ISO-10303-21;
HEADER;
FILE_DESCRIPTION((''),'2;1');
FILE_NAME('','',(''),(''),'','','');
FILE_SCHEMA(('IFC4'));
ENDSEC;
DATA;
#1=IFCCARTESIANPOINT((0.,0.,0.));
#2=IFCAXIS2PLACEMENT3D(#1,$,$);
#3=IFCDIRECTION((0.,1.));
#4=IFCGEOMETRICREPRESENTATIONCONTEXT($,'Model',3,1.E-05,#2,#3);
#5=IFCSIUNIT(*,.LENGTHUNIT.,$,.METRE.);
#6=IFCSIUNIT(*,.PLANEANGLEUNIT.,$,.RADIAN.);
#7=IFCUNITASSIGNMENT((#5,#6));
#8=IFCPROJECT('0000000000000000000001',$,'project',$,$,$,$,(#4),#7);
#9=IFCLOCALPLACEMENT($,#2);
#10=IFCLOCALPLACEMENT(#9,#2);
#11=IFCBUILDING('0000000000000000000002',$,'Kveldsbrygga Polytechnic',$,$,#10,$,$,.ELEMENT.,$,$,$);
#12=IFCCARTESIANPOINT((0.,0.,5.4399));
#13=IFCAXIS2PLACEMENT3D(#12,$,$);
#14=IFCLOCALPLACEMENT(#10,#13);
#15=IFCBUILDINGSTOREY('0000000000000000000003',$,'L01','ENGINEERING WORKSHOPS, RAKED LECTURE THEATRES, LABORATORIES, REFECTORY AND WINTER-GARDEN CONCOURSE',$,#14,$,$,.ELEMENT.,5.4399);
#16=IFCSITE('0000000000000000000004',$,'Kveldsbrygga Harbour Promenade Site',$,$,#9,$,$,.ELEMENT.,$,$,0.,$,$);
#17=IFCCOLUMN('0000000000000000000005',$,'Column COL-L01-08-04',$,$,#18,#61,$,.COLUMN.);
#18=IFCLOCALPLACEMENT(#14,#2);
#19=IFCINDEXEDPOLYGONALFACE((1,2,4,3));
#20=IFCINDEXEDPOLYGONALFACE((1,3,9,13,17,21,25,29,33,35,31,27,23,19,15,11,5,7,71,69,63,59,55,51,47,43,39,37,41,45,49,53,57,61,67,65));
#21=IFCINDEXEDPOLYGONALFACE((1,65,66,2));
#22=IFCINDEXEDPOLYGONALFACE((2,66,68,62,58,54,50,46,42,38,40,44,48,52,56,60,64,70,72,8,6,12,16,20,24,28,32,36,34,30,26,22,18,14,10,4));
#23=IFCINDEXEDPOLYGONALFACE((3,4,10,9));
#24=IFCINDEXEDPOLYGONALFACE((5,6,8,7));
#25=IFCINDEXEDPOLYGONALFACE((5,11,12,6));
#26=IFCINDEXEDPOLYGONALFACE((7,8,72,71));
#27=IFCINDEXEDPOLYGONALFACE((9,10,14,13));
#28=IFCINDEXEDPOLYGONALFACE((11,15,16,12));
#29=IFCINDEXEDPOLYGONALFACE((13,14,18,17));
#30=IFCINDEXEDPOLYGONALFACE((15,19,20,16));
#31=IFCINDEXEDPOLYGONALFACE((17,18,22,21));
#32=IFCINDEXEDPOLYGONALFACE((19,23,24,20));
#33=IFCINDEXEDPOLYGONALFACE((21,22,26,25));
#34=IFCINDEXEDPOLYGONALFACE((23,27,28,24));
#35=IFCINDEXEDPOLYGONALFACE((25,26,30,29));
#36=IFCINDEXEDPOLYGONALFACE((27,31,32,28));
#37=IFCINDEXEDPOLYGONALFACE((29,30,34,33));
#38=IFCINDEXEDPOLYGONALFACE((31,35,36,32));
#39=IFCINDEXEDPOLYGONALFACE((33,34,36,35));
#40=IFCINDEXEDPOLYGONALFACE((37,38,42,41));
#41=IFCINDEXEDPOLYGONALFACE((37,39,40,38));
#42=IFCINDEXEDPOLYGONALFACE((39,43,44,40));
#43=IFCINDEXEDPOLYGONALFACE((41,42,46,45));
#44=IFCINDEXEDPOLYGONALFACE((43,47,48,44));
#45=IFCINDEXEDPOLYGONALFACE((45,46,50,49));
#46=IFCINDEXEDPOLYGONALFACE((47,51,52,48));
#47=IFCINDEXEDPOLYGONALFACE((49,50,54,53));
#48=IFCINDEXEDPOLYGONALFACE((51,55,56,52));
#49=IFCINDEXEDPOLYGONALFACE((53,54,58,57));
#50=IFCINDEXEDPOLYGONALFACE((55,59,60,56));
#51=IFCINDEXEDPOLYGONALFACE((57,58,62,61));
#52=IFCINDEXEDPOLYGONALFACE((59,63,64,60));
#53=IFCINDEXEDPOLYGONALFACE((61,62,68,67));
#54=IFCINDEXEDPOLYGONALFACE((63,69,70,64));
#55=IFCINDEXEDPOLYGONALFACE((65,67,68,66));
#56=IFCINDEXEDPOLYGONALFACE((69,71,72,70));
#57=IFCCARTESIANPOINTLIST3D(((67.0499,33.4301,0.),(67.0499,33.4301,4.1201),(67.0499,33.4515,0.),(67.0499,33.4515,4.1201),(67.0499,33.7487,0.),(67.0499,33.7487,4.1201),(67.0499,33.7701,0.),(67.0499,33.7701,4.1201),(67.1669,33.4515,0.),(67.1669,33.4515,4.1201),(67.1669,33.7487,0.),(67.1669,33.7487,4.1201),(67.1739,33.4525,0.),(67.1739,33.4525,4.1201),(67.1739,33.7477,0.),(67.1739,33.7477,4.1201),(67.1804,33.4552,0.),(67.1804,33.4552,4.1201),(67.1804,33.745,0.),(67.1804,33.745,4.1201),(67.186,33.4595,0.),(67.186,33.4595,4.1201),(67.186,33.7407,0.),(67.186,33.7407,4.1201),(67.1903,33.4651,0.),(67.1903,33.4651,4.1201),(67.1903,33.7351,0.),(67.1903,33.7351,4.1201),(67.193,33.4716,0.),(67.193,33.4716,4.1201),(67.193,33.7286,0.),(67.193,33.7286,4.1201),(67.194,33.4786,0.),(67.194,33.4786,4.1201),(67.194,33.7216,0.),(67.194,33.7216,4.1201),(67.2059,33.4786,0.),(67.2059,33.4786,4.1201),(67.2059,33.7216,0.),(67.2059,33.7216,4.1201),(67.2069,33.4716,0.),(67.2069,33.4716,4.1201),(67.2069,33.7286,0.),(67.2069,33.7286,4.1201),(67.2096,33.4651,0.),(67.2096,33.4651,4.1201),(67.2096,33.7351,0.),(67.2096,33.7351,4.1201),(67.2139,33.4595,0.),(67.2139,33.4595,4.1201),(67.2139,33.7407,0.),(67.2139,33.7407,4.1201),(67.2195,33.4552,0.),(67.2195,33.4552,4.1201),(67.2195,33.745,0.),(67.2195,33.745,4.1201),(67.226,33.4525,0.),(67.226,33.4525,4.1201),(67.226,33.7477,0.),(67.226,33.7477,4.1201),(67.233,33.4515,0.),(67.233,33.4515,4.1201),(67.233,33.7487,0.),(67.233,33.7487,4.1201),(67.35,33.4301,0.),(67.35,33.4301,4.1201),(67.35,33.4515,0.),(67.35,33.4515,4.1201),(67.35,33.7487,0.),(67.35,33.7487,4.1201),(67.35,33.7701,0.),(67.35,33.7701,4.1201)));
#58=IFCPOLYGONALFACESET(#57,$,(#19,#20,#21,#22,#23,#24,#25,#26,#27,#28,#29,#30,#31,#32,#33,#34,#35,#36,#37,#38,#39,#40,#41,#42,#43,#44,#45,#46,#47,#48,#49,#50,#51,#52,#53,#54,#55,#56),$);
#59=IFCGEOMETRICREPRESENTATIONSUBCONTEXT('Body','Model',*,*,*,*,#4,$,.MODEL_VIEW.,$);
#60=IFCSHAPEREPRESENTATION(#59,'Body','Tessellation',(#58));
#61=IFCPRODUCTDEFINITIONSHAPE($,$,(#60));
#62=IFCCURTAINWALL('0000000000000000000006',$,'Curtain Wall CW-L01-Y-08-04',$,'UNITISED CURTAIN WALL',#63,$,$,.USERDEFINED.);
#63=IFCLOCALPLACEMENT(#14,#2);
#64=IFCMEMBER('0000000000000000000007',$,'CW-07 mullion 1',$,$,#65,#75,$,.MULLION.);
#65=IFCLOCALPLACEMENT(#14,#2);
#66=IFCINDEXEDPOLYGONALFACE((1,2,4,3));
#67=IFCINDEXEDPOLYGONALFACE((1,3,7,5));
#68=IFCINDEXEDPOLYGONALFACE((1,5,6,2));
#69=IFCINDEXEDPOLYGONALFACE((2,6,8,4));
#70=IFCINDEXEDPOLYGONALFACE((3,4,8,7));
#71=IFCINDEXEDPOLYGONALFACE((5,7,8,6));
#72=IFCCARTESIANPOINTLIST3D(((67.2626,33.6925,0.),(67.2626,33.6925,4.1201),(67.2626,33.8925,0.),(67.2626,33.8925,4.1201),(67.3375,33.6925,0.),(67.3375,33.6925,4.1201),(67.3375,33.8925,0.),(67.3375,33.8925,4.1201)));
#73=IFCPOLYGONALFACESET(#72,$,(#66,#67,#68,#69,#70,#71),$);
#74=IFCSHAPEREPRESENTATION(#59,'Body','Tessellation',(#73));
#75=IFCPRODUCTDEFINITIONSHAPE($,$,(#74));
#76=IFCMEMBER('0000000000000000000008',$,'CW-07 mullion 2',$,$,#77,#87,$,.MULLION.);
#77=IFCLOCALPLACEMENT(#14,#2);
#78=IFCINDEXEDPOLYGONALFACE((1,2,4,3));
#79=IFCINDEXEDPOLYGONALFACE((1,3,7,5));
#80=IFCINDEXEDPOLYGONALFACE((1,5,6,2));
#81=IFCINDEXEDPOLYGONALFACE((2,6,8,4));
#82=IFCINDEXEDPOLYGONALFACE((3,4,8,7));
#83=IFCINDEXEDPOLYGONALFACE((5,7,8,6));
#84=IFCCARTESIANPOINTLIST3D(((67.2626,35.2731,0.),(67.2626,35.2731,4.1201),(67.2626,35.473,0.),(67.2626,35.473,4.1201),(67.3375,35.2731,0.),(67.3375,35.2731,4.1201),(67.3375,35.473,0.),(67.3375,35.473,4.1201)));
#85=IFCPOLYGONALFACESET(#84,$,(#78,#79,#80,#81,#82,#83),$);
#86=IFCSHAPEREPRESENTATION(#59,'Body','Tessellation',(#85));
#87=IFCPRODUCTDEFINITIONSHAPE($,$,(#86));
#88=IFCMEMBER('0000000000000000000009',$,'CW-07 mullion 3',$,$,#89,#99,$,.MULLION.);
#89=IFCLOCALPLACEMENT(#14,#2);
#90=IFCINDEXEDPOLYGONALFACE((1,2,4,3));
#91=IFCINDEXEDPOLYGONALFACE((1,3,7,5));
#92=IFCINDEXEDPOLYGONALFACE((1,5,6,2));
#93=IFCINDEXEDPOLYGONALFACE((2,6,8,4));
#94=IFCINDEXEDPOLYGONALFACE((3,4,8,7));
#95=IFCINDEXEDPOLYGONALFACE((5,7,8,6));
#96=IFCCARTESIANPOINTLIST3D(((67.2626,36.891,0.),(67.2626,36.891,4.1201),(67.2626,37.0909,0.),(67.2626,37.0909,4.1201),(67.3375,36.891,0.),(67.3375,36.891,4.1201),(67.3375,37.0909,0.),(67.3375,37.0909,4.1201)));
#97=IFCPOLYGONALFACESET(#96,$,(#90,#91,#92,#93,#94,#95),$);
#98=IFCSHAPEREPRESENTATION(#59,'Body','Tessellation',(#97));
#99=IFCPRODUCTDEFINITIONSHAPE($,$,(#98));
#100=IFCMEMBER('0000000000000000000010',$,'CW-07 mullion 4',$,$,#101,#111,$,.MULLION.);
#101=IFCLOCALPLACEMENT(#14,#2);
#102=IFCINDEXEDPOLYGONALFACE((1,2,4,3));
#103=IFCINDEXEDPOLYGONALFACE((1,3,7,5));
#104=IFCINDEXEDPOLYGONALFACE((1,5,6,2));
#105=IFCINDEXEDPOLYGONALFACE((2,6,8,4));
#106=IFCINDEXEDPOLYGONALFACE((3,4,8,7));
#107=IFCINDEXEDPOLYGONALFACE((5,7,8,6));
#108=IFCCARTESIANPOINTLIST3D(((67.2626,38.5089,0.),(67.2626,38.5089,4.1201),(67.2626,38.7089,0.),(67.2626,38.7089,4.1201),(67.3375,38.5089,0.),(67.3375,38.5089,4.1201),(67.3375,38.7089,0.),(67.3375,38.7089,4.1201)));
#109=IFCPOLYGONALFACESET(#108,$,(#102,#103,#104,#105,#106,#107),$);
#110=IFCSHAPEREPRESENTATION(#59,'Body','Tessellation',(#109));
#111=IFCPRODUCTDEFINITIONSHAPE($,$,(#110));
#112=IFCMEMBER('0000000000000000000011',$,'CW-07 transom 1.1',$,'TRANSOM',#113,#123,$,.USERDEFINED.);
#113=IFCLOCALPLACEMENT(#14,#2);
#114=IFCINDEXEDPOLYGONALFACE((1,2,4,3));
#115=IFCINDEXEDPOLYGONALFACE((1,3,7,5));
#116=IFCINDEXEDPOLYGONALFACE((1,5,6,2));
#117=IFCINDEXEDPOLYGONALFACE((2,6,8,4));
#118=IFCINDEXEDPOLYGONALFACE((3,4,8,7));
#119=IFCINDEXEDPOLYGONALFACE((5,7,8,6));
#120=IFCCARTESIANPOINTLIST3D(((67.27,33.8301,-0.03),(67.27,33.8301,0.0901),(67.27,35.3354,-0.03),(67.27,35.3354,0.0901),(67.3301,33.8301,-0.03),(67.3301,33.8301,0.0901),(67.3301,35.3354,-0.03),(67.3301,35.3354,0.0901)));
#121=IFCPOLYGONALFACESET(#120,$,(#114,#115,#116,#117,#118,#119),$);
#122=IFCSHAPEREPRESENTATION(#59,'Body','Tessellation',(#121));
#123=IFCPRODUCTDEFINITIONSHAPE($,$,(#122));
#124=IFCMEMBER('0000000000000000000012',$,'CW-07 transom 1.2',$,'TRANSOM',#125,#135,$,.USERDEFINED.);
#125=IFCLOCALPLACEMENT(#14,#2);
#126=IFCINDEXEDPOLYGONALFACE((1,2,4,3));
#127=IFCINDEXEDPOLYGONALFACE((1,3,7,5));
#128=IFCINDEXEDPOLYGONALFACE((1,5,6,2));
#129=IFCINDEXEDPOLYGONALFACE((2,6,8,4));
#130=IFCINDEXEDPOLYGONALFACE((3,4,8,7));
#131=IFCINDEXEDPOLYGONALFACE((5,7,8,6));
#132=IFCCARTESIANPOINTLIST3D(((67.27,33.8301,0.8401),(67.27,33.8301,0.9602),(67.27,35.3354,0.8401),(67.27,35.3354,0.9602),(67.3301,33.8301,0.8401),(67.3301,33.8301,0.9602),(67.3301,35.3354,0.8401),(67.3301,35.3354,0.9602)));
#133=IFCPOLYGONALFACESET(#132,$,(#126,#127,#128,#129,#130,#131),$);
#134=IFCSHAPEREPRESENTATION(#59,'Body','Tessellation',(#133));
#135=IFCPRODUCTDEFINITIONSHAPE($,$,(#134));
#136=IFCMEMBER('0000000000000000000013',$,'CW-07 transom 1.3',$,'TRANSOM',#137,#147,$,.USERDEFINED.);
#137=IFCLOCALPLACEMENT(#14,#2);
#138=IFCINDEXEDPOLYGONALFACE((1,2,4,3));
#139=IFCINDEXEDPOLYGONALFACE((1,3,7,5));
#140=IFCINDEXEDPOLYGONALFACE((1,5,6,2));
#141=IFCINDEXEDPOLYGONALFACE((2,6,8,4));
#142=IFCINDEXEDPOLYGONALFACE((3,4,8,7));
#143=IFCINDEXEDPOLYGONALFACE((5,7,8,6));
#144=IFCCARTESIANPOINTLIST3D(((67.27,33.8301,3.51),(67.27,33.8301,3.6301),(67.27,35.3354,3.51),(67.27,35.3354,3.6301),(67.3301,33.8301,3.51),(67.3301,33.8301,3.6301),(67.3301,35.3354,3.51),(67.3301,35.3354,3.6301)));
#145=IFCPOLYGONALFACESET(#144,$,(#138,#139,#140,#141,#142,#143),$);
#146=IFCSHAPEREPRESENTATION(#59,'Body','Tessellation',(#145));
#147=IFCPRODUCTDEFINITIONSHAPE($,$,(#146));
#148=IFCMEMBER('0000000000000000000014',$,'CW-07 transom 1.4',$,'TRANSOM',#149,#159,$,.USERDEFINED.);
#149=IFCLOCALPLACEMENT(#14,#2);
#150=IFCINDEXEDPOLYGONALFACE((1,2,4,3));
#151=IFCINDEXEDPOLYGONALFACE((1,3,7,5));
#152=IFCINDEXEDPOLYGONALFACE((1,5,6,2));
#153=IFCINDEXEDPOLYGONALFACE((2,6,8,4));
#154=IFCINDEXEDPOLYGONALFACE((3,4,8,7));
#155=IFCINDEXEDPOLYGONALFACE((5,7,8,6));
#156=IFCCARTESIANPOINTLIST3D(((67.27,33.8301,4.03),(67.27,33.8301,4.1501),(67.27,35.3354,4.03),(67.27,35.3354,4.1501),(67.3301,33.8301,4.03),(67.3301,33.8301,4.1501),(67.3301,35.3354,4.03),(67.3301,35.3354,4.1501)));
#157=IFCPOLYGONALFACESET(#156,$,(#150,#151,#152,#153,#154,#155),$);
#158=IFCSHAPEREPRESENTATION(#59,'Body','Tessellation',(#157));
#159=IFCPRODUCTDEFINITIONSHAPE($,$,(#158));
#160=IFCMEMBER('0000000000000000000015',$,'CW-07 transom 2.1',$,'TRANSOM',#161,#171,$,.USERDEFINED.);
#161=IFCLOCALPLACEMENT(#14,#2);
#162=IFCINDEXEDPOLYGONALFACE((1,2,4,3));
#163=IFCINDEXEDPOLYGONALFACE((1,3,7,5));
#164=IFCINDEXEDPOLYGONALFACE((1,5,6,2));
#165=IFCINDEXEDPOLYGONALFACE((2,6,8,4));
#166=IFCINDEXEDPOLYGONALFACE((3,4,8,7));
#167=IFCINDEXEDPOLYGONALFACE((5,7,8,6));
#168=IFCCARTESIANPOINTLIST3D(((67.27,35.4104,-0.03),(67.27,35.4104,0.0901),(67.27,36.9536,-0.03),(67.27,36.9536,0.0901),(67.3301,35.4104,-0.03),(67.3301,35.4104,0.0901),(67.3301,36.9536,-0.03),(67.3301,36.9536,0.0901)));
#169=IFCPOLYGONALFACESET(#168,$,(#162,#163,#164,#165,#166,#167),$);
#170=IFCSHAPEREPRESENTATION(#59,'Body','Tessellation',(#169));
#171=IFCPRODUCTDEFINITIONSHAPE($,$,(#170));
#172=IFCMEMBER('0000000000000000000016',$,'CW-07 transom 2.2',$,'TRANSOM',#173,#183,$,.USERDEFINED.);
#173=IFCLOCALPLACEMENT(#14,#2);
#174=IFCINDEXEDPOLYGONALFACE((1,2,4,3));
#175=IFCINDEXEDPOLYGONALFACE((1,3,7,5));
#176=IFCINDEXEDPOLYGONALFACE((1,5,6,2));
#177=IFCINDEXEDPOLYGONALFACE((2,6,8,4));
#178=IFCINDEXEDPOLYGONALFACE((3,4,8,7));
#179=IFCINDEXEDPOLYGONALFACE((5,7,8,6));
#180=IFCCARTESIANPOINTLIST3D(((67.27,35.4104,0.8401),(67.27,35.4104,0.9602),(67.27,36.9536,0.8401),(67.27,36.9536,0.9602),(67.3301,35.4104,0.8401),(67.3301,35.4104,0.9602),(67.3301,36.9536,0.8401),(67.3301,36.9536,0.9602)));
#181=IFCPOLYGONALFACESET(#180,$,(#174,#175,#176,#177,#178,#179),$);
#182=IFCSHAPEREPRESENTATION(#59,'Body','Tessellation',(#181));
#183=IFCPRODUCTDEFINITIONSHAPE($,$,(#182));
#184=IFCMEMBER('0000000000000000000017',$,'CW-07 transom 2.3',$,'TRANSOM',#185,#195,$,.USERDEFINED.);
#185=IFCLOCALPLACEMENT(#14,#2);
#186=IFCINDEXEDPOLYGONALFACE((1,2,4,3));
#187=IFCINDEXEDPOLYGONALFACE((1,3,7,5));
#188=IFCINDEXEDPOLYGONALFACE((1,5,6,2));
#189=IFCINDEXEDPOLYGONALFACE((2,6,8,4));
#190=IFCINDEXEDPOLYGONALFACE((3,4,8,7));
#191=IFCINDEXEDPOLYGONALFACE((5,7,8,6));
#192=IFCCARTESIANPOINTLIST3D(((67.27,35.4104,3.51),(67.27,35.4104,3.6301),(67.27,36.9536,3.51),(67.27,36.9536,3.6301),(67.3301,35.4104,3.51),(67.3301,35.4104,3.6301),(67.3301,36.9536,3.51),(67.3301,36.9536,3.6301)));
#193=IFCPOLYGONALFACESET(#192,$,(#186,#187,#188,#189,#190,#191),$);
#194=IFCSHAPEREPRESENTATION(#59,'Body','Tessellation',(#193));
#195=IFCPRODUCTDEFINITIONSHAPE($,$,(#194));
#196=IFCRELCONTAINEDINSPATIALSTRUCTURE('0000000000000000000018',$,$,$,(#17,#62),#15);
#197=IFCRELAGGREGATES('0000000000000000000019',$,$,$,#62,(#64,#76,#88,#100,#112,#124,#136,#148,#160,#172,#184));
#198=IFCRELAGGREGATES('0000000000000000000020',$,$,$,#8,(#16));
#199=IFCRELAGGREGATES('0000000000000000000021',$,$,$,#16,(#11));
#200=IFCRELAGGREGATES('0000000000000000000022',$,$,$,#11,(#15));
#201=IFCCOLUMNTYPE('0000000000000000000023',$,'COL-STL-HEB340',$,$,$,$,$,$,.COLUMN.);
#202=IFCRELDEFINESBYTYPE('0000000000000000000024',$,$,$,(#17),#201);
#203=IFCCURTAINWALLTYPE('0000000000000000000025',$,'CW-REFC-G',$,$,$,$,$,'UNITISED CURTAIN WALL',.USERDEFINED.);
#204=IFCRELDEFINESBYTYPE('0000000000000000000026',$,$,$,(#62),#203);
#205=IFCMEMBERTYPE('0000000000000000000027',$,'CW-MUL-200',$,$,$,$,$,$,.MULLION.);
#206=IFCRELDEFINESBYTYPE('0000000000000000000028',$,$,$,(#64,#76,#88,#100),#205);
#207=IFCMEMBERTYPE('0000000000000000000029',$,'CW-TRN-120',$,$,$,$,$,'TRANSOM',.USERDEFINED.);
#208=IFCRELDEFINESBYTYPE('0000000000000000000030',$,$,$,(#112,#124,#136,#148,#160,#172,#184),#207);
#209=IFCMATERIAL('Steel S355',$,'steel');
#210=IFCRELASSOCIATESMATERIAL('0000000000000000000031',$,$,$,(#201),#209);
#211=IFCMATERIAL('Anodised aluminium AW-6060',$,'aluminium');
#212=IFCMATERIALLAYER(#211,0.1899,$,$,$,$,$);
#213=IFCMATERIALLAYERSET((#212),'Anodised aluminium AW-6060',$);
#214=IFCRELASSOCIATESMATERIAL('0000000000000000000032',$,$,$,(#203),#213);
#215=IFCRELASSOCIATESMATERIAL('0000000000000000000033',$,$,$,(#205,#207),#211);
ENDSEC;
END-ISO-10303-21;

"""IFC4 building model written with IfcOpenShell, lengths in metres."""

from ifc_helpers import new_model, si_unit, direction, frame, origin, origin_2d, place, context, subcontext, project, spatial, rectangle, i_section, extrude, material, layer, layer_set, material_profile, profile_set, type_object, element, aggregate, save


model = new_model("IFC4")

# Units and contexts
model_context = context("Model", 3, precision=1e-05, world=origin(), true_north=direction((0.0, 1.0)))
body_context = subcontext(model_context, "Body", "Model", "MODEL_VIEW")
ifc_project = project(units=[si_unit("LENGTHUNIT", "METRE"), si_unit("PLANEANGLEUNIT", "RADIAN")], contexts=[model_context])

# Site, building, storey
site_placement = place(None, origin())
site = spatial("IfcSite", under=ifc_project, at=site_placement, Name="Kveldsbrygga Harbour Promenade Site", CompositionType="ELEMENT", RefElevation=0.0)
building_placement = place(site_placement, origin())
building = spatial("IfcBuilding", under=site, at=building_placement, Name="Kveldsbrygga Polytechnic", CompositionType="ELEMENT")
storey_placement = place(building_placement, frame((0.0, 0.0, 5.4399)))
storey = spatial("IfcBuildingStorey", under=building, at=storey_placement, Name="L01", Description="ENGINEERING WORKSHOPS, RAKED LECTURE THEATRES, LABORATORIES, REFECTORY AND WINTER-GARDEN CONCOURSE", CompositionType="ELEMENT", Elevation=5.4399)

# Column
ifc_material_1 = material(Name="Steel S355", Category="steel")
ifc_material_profile_1 = material_profile(ifc_material_1, i_section(OverallWidth=0.3, OverallDepth=0.3401, WebThickness=0.012, FlangeThickness=0.0215, FilletRadius=0.0271, at=origin_2d()), Name="HEB 340")
ifc_profile_set_1 = profile_set([ifc_material_profile_1], Name="Steel S355")
column_type = type_object("IfcColumnType", Name="COL-STL-HEB340", PredefinedType="COLUMN", material=ifc_profile_set_1)
column_placement = place(storey_placement, frame((67.2, 33.6001, 0.0), z_axis=(0.0, 0.0, 1.0), x_axis=(1.0, 0.0, 0.0)))
element("IfcColumn", 1, at=column_placement, inside=storey, type_object=column_type, Name="Column COL-L01-08-04", PredefinedType="COLUMN", context=body_context, shape_type="SweptSolid", body=[
    extrude(i_section(OverallWidth=0.3, OverallDepth=0.3401, WebThickness=0.012, FlangeThickness=0.0215, FilletRadius=0.0271, at=origin_2d()), origin(), (0.0, 0.0, 1.0), 4.1201),
])

# Curtain wall, members
ifc_material_2 = material(Name="Anodised aluminium AW-6060", Category="aluminium")
ifc_layer_1 = layer(ifc_material_2, 0.1899)
ifc_layer_set_1 = layer_set([ifc_layer_1], Name="Anodised aluminium AW-6060")
curtain_wall_type = type_object("IfcCurtainWallType", Name="CW-REFC-G", ElementType="UNITISED CURTAIN WALL", PredefinedType="USERDEFINED", material=ifc_layer_set_1)
curtain_wall_placement = place(storey_placement, origin())
curtain_wall = element("IfcCurtainWall", 2, at=curtain_wall_placement, inside=storey, type_object=curtain_wall_type, Name="Curtain Wall CW-L01-Y-08-04", ObjectType="UNITISED CURTAIN WALL", PredefinedType="USERDEFINED")
ifc_material_profile_2 = material_profile(ifc_material_2, rectangle(XDim=0.075, YDim=0.2, at=origin_2d()), Name="ALU 75x200")
ifc_profile_set_2 = profile_set([ifc_material_profile_2], Name="Anodised aluminium AW-6060")
member_type_1 = type_object("IfcMemberType", Name="CW-MUL-200", PredefinedType="MULLION", material=ifc_profile_set_2)
member_1_placement = place(storey_placement, frame((67.3, 33.7925, 0.0), z_axis=(0.0, 0.0, 1.0), x_axis=(-1.0, 0.0, 0.0)))
member_1 = element("IfcMember", 3, at=member_1_placement, type_object=member_type_1, Name="CW-07 mullion 1", PredefinedType="MULLION", context=body_context, shape_type="SweptSolid", body=[
    extrude(rectangle(XDim=0.075, YDim=0.2, at=origin_2d()), origin(), (0.0, 0.0, 1.0), 4.1201),
])
member_2_placement = place(storey_placement, frame((67.3, 35.373, 0.0), z_axis=(0.0, 0.0, 1.0), x_axis=(-1.0, 0.0, 0.0)))
member_2 = element("IfcMember", 4, at=member_2_placement, type_object=member_type_1, Name="CW-07 mullion 2", PredefinedType="MULLION", context=body_context, shape_type="SweptSolid", body=[
    extrude(rectangle(XDim=0.075, YDim=0.2, at=origin_2d()), origin(), (0.0, 0.0, 1.0), 4.1201),
])
member_3_placement = place(storey_placement, frame((67.3, 36.991, 0.0), z_axis=(0.0, 0.0, 1.0), x_axis=(-1.0, 0.0, 0.0)))
member_3 = element("IfcMember", 5, at=member_3_placement, type_object=member_type_1, Name="CW-07 mullion 3", PredefinedType="MULLION", context=body_context, shape_type="SweptSolid", body=[
    extrude(rectangle(XDim=0.075, YDim=0.2, at=origin_2d()), origin(), (0.0, 0.0, 1.0), 4.1201),
])
member_4_placement = place(storey_placement, frame((67.3, 38.6089, 0.0), z_axis=(0.0, 0.0, 1.0), x_axis=(-1.0, 0.0, 0.0)))
member_4 = element("IfcMember", 6, at=member_4_placement, type_object=member_type_1, Name="CW-07 mullion 4", PredefinedType="MULLION", context=body_context, shape_type="SweptSolid", body=[
    extrude(rectangle(XDim=0.075, YDim=0.2, at=origin_2d()), origin(), (0.0, 0.0, 1.0), 4.1201),
])
ifc_material_profile_3 = material_profile(ifc_material_2, rectangle(XDim=0.0601, YDim=0.1201, at=origin_2d()), Name="ALU 60x120")
ifc_profile_set_3 = profile_set([ifc_material_profile_3], Name="Anodised aluminium AW-6060")
member_type_2 = type_object("IfcMemberType", Name="CW-TRN-120", ElementType="TRANSOM", PredefinedType="USERDEFINED", material=ifc_profile_set_3)
member_5_placement = place(storey_placement, frame((67.3, 33.8301, 0.03), z_axis=(0.0, 1.0, 0.0), x_axis=(-1.0, 0.0, 0.0)))
member_5 = element("IfcMember", 7, at=member_5_placement, type_object=member_type_2, Name="CW-07 transom 1.1", ObjectType="TRANSOM", PredefinedType="USERDEFINED", context=body_context, shape_type="SweptSolid", body=[
    extrude(rectangle(XDim=0.0601, YDim=0.1201, at=origin_2d()), origin(), (0.0, 0.0, 1.0), 1.5054),
])
member_6_placement = place(storey_placement, frame((67.3, 33.8301, 0.9001), z_axis=(0.0, 1.0, 0.0), x_axis=(-1.0, 0.0, 0.0)))
member_6 = element("IfcMember", 8, at=member_6_placement, type_object=member_type_2, Name="CW-07 transom 1.2", ObjectType="TRANSOM", PredefinedType="USERDEFINED", context=body_context, shape_type="SweptSolid", body=[
    extrude(rectangle(XDim=0.0601, YDim=0.1201, at=origin_2d()), origin(), (0.0, 0.0, 1.0), 1.5054),
])
member_7_placement = place(storey_placement, frame((67.3, 33.8301, 3.5701), z_axis=(0.0, 1.0, 0.0), x_axis=(-1.0, 0.0, 0.0)))
member_7 = element("IfcMember", 9, at=member_7_placement, type_object=member_type_2, Name="CW-07 transom 1.3", ObjectType="TRANSOM", PredefinedType="USERDEFINED", context=body_context, shape_type="SweptSolid", body=[
    extrude(rectangle(XDim=0.0601, YDim=0.1201, at=origin_2d()), origin(), (0.0, 0.0, 1.0), 1.5054),
])
member_8_placement = place(storey_placement, frame((67.3, 33.8301, 4.0901), z_axis=(0.0, 1.0, 0.0), x_axis=(-1.0, 0.0, 0.0)))
member_8 = element("IfcMember", 10, at=member_8_placement, type_object=member_type_2, Name="CW-07 transom 1.4", ObjectType="TRANSOM", PredefinedType="USERDEFINED", context=body_context, shape_type="SweptSolid", body=[
    extrude(rectangle(XDim=0.0601, YDim=0.1201, at=origin_2d()), origin(), (0.0, 0.0, 1.0), 1.5054),
])
member_9_placement = place(storey_placement, frame((67.3, 35.4104, 0.03), z_axis=(0.0, 1.0, 0.0), x_axis=(-1.0, 0.0, 0.0)))
member_9 = element("IfcMember", 11, at=member_9_placement, type_object=member_type_2, Name="CW-07 transom 2.1", ObjectType="TRANSOM", PredefinedType="USERDEFINED", context=body_context, shape_type="SweptSolid", body=[
    extrude(rectangle(XDim=0.0601, YDim=0.1201, at=origin_2d()), origin(), (0.0, 0.0, 1.0), 1.5432),
])
member_10_placement = place(storey_placement, frame((67.3, 35.4104, 0.9001), z_axis=(0.0, 1.0, 0.0), x_axis=(-1.0, 0.0, 0.0)))
member_10 = element("IfcMember", 12, at=member_10_placement, type_object=member_type_2, Name="CW-07 transom 2.2", ObjectType="TRANSOM", PredefinedType="USERDEFINED", context=body_context, shape_type="SweptSolid", body=[
    extrude(rectangle(XDim=0.0601, YDim=0.1201, at=origin_2d()), origin(), (0.0, 0.0, 1.0), 1.5432),
])
member_11_placement = place(storey_placement, frame((67.3, 35.4104, 3.5701), z_axis=(0.0, 1.0, 0.0), x_axis=(-1.0, 0.0, 0.0)))
member_11 = element("IfcMember", 13, at=member_11_placement, type_object=member_type_2, Name="CW-07 transom 2.3", ObjectType="TRANSOM", PredefinedType="USERDEFINED", context=body_context, shape_type="SweptSolid", body=[
    extrude(rectangle(XDim=0.0601, YDim=0.1201, at=origin_2d()), origin(), (0.0, 0.0, 1.0), 1.5432),
])

aggregate(curtain_wall, [member_1, member_2, member_3, member_4, member_5, member_6, member_7, member_8, member_9, member_10, member_11])

save(model, "model.ifc")
